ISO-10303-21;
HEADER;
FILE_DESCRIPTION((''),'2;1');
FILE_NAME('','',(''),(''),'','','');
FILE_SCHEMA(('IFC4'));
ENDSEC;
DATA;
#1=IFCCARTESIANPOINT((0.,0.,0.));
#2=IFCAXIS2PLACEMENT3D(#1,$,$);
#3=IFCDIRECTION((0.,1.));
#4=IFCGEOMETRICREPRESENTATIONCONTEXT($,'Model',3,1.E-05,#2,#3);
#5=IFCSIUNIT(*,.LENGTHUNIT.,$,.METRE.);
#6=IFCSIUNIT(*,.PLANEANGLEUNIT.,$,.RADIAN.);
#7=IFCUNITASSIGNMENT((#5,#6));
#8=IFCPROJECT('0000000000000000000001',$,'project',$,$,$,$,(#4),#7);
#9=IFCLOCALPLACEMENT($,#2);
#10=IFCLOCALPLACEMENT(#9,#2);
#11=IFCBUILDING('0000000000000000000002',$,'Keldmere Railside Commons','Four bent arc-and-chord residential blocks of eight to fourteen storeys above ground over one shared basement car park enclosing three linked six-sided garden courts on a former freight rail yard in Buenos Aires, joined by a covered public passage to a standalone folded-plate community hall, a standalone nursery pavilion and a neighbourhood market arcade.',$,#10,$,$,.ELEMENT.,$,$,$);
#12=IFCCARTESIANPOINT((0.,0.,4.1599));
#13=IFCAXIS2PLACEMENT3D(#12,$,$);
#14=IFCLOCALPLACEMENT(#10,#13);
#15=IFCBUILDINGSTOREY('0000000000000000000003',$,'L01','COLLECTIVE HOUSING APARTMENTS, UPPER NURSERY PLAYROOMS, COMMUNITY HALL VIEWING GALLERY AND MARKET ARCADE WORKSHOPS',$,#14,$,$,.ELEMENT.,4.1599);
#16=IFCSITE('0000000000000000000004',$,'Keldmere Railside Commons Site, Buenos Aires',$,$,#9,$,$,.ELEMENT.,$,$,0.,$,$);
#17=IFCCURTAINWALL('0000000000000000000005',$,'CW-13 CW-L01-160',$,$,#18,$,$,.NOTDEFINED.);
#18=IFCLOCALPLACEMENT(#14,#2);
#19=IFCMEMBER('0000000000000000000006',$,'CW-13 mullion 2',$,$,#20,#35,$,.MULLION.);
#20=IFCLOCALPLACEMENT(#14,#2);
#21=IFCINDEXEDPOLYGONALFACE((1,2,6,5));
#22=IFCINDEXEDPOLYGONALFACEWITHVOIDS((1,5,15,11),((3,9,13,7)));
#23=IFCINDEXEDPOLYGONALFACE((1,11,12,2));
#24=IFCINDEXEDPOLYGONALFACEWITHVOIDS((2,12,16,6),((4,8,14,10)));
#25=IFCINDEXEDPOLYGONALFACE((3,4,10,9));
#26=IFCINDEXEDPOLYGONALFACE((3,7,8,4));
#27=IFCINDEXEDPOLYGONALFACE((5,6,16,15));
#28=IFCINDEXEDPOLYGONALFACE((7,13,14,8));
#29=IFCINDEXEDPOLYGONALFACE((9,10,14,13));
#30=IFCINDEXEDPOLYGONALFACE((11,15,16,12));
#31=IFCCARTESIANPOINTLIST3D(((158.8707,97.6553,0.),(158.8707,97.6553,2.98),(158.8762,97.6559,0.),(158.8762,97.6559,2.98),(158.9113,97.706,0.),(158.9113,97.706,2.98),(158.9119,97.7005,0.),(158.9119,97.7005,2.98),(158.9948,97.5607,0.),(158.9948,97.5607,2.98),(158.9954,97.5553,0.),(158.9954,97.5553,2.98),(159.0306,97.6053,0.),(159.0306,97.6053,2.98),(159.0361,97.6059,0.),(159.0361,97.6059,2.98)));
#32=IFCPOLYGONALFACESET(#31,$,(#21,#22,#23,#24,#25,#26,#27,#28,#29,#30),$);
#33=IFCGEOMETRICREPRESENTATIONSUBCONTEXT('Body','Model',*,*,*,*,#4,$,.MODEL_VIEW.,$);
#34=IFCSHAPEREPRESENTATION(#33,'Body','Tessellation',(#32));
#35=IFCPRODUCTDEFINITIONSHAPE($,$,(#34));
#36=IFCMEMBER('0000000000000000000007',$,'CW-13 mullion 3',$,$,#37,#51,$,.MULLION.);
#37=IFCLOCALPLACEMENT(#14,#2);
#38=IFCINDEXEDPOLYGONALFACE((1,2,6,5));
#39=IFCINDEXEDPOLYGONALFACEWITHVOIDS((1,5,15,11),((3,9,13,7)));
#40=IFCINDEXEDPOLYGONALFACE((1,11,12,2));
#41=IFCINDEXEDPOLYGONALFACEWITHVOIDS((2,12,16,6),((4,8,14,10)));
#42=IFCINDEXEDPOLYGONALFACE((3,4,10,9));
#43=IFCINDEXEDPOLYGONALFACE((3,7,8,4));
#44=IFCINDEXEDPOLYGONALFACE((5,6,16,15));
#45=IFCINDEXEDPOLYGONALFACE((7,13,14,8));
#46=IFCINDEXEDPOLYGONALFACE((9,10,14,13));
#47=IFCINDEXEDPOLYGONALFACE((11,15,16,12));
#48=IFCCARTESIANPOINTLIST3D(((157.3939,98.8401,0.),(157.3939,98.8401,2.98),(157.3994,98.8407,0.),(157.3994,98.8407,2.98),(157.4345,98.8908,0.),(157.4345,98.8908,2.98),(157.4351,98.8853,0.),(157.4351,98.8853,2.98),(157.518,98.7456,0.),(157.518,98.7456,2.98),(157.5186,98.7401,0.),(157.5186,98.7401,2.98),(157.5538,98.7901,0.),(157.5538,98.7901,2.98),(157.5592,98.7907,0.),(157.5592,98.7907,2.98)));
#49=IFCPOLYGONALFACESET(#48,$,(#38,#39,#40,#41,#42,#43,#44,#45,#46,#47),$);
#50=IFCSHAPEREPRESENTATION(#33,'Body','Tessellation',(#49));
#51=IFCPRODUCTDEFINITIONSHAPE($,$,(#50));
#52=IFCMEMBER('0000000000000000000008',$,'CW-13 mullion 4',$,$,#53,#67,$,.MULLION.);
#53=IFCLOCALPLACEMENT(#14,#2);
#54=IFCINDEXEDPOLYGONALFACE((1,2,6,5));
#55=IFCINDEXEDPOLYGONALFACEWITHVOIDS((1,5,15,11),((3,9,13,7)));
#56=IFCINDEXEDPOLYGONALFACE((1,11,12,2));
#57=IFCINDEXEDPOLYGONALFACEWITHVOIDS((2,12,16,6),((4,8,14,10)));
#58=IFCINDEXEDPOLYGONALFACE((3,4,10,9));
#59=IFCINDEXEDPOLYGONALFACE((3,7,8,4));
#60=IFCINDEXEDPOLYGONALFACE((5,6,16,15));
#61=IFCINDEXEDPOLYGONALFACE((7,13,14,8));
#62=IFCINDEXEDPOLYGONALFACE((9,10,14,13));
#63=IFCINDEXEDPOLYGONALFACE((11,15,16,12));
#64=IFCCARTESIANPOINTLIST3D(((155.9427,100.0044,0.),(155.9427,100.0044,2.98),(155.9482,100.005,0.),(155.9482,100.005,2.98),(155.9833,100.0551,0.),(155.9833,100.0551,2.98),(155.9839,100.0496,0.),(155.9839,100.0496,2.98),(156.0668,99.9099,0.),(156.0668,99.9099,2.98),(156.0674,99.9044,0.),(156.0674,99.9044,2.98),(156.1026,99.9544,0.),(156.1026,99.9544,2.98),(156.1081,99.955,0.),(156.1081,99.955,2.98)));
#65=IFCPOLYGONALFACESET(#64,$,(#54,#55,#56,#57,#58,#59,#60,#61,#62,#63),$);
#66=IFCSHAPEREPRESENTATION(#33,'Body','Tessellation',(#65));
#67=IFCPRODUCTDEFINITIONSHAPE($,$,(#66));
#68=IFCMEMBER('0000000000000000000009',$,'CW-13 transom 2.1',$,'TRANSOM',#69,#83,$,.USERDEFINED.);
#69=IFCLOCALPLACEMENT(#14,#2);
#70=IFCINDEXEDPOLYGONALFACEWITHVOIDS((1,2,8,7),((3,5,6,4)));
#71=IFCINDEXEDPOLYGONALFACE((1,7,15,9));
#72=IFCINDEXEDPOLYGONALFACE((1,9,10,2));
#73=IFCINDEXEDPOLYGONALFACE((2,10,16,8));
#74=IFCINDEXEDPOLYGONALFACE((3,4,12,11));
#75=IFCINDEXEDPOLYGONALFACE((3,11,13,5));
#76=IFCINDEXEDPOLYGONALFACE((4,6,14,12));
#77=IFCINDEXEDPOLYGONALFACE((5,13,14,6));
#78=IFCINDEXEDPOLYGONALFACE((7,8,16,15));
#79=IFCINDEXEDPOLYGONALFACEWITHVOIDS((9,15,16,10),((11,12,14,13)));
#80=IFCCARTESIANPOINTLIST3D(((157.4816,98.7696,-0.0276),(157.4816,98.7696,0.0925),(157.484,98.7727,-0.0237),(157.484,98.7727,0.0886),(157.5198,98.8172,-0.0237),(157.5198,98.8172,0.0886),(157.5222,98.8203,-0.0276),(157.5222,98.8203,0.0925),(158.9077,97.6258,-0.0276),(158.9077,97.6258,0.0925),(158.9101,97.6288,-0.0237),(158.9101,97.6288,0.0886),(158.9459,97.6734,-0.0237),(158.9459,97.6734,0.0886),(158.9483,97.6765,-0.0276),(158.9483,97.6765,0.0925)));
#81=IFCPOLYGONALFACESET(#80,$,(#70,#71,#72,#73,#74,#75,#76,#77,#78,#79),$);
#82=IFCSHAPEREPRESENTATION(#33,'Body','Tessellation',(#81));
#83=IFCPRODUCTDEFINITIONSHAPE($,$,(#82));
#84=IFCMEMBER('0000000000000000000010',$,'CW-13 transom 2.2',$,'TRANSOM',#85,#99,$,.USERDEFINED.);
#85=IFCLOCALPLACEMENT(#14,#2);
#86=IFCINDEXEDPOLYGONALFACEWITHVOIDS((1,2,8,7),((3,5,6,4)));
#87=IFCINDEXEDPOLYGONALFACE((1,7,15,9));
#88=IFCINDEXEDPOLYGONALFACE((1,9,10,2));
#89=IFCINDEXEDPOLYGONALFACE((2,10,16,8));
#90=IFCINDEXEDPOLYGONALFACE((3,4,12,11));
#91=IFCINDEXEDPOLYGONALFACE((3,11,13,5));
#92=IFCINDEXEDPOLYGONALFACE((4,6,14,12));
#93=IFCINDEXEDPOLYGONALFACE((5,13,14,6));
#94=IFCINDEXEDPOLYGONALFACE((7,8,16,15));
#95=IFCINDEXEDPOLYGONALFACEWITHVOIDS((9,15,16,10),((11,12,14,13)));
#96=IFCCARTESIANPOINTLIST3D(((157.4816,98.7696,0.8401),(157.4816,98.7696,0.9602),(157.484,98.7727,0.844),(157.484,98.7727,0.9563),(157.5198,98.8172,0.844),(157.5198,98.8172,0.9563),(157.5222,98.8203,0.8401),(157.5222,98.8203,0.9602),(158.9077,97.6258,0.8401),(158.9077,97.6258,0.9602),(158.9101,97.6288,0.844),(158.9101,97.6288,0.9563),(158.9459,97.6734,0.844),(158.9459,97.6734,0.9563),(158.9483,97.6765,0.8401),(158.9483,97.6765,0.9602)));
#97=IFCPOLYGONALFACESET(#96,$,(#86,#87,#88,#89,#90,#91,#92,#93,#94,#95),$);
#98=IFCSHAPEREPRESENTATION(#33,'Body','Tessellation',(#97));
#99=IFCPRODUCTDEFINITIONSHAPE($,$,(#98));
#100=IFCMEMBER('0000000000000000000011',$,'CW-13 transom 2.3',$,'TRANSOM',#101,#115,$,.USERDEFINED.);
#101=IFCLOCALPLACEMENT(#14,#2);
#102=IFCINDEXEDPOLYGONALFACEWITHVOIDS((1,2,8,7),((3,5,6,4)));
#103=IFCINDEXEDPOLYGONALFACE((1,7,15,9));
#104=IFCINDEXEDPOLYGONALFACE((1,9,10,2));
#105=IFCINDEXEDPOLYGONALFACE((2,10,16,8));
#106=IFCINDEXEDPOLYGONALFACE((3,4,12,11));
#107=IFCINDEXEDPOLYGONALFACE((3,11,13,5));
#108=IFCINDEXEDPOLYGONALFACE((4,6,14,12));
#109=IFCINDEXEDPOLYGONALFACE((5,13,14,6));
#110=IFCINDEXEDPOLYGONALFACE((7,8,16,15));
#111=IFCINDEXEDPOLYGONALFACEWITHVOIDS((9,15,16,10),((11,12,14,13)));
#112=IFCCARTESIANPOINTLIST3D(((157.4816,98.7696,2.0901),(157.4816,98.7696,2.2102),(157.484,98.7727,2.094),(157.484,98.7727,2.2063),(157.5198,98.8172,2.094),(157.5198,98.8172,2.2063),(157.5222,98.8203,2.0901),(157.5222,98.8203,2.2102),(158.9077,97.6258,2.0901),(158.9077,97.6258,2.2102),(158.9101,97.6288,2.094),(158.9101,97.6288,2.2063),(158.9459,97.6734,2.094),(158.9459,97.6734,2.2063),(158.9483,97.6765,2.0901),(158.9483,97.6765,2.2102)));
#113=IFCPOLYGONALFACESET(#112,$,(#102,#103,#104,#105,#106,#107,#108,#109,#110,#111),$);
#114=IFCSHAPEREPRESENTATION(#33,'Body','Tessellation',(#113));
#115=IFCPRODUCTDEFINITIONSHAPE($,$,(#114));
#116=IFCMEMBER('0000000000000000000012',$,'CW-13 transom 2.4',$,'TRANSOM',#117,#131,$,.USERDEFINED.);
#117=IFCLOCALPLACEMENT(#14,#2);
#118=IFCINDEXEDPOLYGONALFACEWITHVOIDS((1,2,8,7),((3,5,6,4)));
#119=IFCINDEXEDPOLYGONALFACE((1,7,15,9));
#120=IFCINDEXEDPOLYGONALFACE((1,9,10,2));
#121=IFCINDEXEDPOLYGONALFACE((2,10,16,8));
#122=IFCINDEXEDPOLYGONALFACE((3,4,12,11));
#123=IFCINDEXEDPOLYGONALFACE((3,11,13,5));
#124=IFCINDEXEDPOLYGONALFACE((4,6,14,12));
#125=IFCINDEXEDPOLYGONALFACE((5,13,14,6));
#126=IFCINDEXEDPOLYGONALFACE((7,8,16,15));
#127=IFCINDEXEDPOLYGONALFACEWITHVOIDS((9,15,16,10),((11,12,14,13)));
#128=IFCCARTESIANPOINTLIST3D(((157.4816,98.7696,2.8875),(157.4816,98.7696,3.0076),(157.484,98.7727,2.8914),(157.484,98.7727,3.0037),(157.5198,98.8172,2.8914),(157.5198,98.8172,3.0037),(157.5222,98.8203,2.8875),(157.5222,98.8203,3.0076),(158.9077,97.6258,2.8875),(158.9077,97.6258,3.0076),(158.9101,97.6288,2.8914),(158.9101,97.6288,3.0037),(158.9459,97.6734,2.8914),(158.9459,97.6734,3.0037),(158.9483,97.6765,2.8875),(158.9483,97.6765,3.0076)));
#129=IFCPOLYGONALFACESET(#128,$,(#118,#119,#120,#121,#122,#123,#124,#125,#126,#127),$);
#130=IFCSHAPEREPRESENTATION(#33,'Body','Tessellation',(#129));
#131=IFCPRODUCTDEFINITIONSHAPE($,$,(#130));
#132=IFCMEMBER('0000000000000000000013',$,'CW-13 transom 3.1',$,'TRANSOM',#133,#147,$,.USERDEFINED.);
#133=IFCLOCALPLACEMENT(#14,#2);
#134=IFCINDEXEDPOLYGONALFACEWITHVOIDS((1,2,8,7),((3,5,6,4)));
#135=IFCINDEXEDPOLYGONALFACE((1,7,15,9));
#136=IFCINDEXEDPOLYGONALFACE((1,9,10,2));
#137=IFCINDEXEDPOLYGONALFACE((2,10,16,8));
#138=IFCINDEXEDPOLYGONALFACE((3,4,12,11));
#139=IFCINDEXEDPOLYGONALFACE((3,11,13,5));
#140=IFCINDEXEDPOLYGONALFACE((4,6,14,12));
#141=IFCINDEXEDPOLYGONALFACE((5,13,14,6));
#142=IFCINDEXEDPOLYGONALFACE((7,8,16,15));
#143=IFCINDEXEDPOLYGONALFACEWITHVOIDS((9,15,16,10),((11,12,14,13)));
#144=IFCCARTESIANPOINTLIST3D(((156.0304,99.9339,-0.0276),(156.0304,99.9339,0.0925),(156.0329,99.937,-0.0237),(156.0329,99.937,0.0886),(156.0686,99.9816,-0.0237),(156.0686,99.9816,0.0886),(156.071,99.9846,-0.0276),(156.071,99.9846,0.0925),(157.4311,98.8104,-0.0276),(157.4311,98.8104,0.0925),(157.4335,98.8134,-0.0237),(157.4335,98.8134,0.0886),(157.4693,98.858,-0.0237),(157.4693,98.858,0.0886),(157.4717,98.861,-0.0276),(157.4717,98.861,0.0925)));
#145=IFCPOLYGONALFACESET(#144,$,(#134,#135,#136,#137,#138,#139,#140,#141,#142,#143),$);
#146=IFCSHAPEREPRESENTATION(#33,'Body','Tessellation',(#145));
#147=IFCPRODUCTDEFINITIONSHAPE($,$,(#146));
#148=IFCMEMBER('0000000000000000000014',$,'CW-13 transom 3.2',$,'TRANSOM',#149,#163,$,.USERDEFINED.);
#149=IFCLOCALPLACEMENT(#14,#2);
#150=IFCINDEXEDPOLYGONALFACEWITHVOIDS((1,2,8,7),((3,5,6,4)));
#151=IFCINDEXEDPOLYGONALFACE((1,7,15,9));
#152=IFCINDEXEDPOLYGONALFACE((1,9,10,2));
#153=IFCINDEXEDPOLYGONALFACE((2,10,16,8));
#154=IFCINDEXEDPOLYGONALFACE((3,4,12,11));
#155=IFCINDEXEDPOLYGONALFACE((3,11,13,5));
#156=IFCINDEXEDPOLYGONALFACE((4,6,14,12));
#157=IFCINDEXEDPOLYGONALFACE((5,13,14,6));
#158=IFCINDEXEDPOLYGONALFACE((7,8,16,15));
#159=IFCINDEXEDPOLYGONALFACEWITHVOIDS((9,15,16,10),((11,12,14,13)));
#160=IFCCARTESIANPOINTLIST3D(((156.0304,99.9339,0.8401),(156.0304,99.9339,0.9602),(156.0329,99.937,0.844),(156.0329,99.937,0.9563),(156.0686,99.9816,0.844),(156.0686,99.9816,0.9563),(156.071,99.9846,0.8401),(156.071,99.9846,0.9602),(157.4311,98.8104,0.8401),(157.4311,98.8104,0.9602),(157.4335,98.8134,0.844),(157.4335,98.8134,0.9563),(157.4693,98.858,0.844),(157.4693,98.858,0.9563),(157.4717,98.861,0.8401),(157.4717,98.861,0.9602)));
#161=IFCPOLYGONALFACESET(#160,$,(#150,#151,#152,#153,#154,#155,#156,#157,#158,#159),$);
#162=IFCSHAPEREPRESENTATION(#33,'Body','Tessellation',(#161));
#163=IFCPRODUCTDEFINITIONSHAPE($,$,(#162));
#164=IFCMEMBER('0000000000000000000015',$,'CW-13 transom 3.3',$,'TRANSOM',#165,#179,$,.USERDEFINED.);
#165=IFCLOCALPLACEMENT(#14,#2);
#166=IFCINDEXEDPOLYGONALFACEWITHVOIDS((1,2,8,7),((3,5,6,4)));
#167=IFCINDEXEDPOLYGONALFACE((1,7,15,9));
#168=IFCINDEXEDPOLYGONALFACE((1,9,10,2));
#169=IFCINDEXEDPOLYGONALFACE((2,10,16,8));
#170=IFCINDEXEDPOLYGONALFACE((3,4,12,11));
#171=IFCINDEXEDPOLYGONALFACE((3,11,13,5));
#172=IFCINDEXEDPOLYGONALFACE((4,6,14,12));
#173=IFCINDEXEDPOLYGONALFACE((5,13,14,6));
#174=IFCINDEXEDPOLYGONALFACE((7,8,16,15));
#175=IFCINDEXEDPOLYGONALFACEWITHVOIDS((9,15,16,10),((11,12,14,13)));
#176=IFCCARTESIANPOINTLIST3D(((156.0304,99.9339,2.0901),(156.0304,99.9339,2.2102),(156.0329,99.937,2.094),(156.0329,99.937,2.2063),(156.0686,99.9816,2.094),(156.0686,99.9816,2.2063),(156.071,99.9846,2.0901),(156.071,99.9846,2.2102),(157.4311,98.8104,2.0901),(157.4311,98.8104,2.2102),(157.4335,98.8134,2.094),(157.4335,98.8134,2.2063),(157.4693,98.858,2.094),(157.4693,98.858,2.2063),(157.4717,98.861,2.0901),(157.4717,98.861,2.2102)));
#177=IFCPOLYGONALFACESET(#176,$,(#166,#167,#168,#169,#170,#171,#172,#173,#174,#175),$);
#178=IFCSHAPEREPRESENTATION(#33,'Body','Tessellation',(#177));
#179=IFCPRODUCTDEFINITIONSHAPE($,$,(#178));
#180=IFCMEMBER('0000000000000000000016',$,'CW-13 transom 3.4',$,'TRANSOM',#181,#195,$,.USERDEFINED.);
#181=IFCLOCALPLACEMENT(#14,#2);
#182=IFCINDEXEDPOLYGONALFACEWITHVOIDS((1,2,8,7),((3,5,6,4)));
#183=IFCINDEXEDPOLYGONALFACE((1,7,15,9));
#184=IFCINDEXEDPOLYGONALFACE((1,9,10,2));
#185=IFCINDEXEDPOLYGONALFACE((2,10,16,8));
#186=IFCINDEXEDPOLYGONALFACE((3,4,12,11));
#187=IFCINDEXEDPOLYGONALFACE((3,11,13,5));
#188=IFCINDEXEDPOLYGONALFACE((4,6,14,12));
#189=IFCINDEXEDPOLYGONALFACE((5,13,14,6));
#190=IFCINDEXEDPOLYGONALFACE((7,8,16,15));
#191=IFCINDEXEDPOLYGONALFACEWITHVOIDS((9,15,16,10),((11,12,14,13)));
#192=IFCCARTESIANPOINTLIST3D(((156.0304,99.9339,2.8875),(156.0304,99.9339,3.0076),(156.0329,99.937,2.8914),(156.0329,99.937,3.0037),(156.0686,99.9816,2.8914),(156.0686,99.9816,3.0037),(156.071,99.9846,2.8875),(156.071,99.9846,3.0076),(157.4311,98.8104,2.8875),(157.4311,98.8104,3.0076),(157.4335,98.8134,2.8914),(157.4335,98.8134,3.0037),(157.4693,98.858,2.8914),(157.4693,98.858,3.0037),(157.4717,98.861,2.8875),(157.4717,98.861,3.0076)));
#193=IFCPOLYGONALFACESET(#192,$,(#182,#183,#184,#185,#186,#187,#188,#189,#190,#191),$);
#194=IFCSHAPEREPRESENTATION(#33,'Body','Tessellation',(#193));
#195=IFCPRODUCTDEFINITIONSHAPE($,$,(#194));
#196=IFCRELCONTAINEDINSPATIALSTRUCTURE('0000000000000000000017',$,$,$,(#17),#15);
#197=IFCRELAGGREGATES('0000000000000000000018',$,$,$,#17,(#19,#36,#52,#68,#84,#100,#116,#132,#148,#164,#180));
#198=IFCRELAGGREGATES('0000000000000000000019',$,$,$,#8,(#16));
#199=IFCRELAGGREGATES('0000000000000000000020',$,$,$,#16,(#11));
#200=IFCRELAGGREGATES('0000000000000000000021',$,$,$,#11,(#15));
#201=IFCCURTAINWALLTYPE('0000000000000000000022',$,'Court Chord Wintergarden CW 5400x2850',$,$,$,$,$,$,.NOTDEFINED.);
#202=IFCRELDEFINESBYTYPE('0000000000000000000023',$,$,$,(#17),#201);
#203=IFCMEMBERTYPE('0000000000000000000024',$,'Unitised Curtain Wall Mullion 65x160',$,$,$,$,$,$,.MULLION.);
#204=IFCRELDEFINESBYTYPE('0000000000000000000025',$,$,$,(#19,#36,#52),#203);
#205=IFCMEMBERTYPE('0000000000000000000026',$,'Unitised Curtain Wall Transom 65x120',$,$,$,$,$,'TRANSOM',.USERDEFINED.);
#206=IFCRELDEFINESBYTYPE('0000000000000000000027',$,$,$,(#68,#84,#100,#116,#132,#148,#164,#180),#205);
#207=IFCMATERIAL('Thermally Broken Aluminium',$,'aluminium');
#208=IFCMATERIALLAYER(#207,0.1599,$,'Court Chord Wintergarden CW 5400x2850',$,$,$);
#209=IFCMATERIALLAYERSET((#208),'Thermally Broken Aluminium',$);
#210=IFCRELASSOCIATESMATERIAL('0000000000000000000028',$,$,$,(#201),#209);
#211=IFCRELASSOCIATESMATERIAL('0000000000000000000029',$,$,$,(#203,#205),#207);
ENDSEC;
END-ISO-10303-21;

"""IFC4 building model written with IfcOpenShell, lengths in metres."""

from ifc_helpers import new_model, si_unit, direction, frame, origin, origin_2d, place, context, subcontext, project, spatial, hollow_rectangle, extrude, material, layer, layer_set, material_profile, profile_set, type_object, element, aggregate, save


model = new_model("IFC4")

# Units and contexts
model_context = context("Model", 3, precision=1e-05, world=origin(), true_north=direction((0.0, 1.0)))
body_context = subcontext(model_context, "Body", "Model", "MODEL_VIEW")
ifc_project = project(units=[si_unit("LENGTHUNIT", "METRE"), si_unit("PLANEANGLEUNIT", "RADIAN")], contexts=[model_context])

# Site, building, storey
site_placement = place(None, origin())
site = spatial("IfcSite", under=ifc_project, at=site_placement, Name="Keldmere Railside Commons Site, Buenos Aires", CompositionType="ELEMENT", RefElevation=0.0)
building_placement = place(site_placement, origin())
building = spatial("IfcBuilding", under=site, at=building_placement, Name="Keldmere Railside Commons", Description="Four bent arc-and-chord residential blocks of eight to fourteen storeys above ground over one shared basement car park enclosing three linked six-sided garden courts on a former freight rail yard in Buenos Aires, joined by a covered public passage to a standalone folded-plate community hall, a standalone nursery pavilion and a neighbourhood market arcade.", CompositionType="ELEMENT")
storey_placement = place(building_placement, frame((0.0, 0.0, 4.1599)))
storey = spatial("IfcBuildingStorey", under=building, at=storey_placement, Name="L01", Description="COLLECTIVE HOUSING APARTMENTS, UPPER NURSERY PLAYROOMS, COMMUNITY HALL VIEWING GALLERY AND MARKET ARCADE WORKSHOPS", CompositionType="ELEMENT", Elevation=4.1599)

# Curtain wall, members
ifc_material_1 = material(Name="Thermally Broken Aluminium", Category="aluminium")
ifc_layer_1 = layer(ifc_material_1, 0.1599, Name="Court Chord Wintergarden CW 5400x2850")
ifc_layer_set_1 = layer_set([ifc_layer_1], Name="Thermally Broken Aluminium")
curtain_wall_type = type_object("IfcCurtainWallType", Name="Court Chord Wintergarden CW 5400x2850", PredefinedType="NOTDEFINED", material=ifc_layer_set_1)
curtain_wall_placement = place(storey_placement, origin())
curtain_wall = element("IfcCurtainWall", 1, at=curtain_wall_placement, inside=storey, type_object=curtain_wall_type, Name="CW-13 CW-L01-160", PredefinedType="NOTDEFINED")
ifc_material_profile_1 = material_profile(ifc_material_1, hollow_rectangle(XDim=0.0649, YDim=0.1599, WallThickness=0.0039, at=origin_2d()), Name="ALU-MULL-65x160")
ifc_profile_set_1 = profile_set([ifc_material_profile_1], Name="Thermally Broken Aluminium")
member_type_1 = type_object("IfcMemberType", Name="Unitised Curtain Wall Mullion 65x160", PredefinedType="MULLION", material=ifc_profile_set_1)
member_1_placement = place(storey_placement, frame((158.9534, 97.6306, 0.0), z_axis=(0.0, 0.0, 1.0), x_axis=(-0.625768, -0.780009, 0.0)))
member_1 = element("IfcMember", 2, at=member_1_placement, type_object=member_type_1, Name="CW-13 mullion 2", PredefinedType="MULLION", context=body_context, shape_type="SweptSolid", body=[
    extrude(hollow_rectangle(XDim=0.0649, YDim=0.1599, WallThickness=0.0039, at=origin_2d()), origin(), (0.0, 0.0, 1.0), 2.98),
])
member_2_placement = place(storey_placement, frame((157.4766, 98.8154, 0.0), z_axis=(0.0, 0.0, 1.0), x_axis=(-0.625768, -0.780009, 0.0)))
member_2 = element("IfcMember", 3, at=member_2_placement, type_object=member_type_1, Name="CW-13 mullion 3", PredefinedType="MULLION", context=body_context, shape_type="SweptSolid", body=[
    extrude(hollow_rectangle(XDim=0.0649, YDim=0.1599, WallThickness=0.0039, at=origin_2d()), origin(), (0.0, 0.0, 1.0), 2.98),
])
member_3_placement = place(storey_placement, frame((156.0254, 99.9797, 0.0), z_axis=(0.0, 0.0, 1.0), x_axis=(-0.625768, -0.780009, 0.0)))
member_3 = element("IfcMember", 4, at=member_3_placement, type_object=member_type_1, Name="CW-13 mullion 4", PredefinedType="MULLION", context=body_context, shape_type="SweptSolid", body=[
    extrude(hollow_rectangle(XDim=0.0649, YDim=0.1599, WallThickness=0.0039, at=origin_2d()), origin(), (0.0, 0.0, 1.0), 2.98),
])
ifc_material_profile_2 = material_profile(ifc_material_1, hollow_rectangle(XDim=0.0649, YDim=0.1201, WallThickness=0.0039, at=origin_2d()), Name="ALU-TRAN-65x120")
ifc_profile_set_2 = profile_set([ifc_material_profile_2], Name="Thermally Broken Aluminium")
member_type_2 = type_object("IfcMemberType", Name="Unitised Curtain Wall Transom 65x120", ElementType="TRANSOM", PredefinedType="USERDEFINED", material=ifc_profile_set_2)
member_4_placement = place(storey_placement, frame((158.928, 97.6511, 0.0325), z_axis=(-0.780073, 0.625688, 0.0), x_axis=(-0.625688, -0.780073, 0.0)))
member_4 = element("IfcMember", 5, at=member_4_placement, type_object=member_type_2, Name="CW-13 transom 2.1", ObjectType="TRANSOM", PredefinedType="USERDEFINED", context=body_context, shape_type="SweptSolid", body=[
    extrude(hollow_rectangle(XDim=0.0649, YDim=0.1201, WallThickness=0.0039, at=origin_2d()), origin(), (0.0, 0.0, 1.0), 1.8281),
])
member_5_placement = place(storey_placement, frame((158.928, 97.6511, 0.9001), z_axis=(-0.780073, 0.625688, 0.0), x_axis=(-0.625688, -0.780073, 0.0)))
member_5 = element("IfcMember", 6, at=member_5_placement, type_object=member_type_2, Name="CW-13 transom 2.2", ObjectType="TRANSOM", PredefinedType="USERDEFINED", context=body_context, shape_type="SweptSolid", body=[
    extrude(hollow_rectangle(XDim=0.0649, YDim=0.1201, WallThickness=0.0039, at=origin_2d()), origin(), (0.0, 0.0, 1.0), 1.8281),
])
member_6_placement = place(storey_placement, frame((158.928, 97.6511, 2.1501), z_axis=(-0.780073, 0.625688, 0.0), x_axis=(-0.625688, -0.780073, 0.0)))
member_6 = element("IfcMember", 7, at=member_6_placement, type_object=member_type_2, Name="CW-13 transom 2.3", ObjectType="TRANSOM", PredefinedType="USERDEFINED", context=body_context, shape_type="SweptSolid", body=[
    extrude(hollow_rectangle(XDim=0.0649, YDim=0.1201, WallThickness=0.0039, at=origin_2d()), origin(), (0.0, 0.0, 1.0), 1.8281),
])
member_7_placement = place(storey_placement, frame((158.928, 97.6511, 2.9475), z_axis=(-0.780073, 0.625688, 0.0), x_axis=(-0.625688, -0.780073, 0.0)))
member_7 = element("IfcMember", 8, at=member_7_placement, type_object=member_type_2, Name="CW-13 transom 2.4", ObjectType="TRANSOM", PredefinedType="USERDEFINED", context=body_context, shape_type="SweptSolid", body=[
    extrude(hollow_rectangle(XDim=0.0649, YDim=0.1201, WallThickness=0.0039, at=origin_2d()), origin(), (0.0, 0.0, 1.0), 1.8281),
])
member_8_placement = place(storey_placement, frame((157.4514, 98.8357, 0.0325), z_axis=(-0.780046, 0.625723, 0.0), x_axis=(-0.625723, -0.780046, 0.0)))
member_8 = element("IfcMember", 9, at=member_8_placement, type_object=member_type_2, Name="CW-13 transom 3.1", ObjectType="TRANSOM", PredefinedType="USERDEFINED", context=body_context, shape_type="SweptSolid", body=[
    extrude(hollow_rectangle(XDim=0.0649, YDim=0.1201, WallThickness=0.0039, at=origin_2d()), origin(), (0.0, 0.0, 1.0), 1.7957),
])
member_9_placement = place(storey_placement, frame((157.4514, 98.8357, 0.9001), z_axis=(-0.780046, 0.625723, 0.0), x_axis=(-0.625723, -0.780046, 0.0)))
member_9 = element("IfcMember", 10, at=member_9_placement, type_object=member_type_2, Name="CW-13 transom 3.2", ObjectType="TRANSOM", PredefinedType="USERDEFINED", context=body_context, shape_type="SweptSolid", body=[
    extrude(hollow_rectangle(XDim=0.0649, YDim=0.1201, WallThickness=0.0039, at=origin_2d()), origin(), (0.0, 0.0, 1.0), 1.7957),
])
member_10_placement = place(storey_placement, frame((157.4514, 98.8357, 2.1501), z_axis=(-0.780046, 0.625723, 0.0), x_axis=(-0.625723, -0.780046, 0.0)))
member_10 = element("IfcMember", 11, at=member_10_placement, type_object=member_type_2, Name="CW-13 transom 3.3", ObjectType="TRANSOM", PredefinedType="USERDEFINED", context=body_context, shape_type="SweptSolid", body=[
    extrude(hollow_rectangle(XDim=0.0649, YDim=0.1201, WallThickness=0.0039, at=origin_2d()), origin(), (0.0, 0.0, 1.0), 1.7957),
])
member_11_placement = place(storey_placement, frame((157.4514, 98.8357, 2.9475), z_axis=(-0.780046, 0.625723, 0.0), x_axis=(-0.625723, -0.780046, 0.0)))
member_11 = element("IfcMember", 12, at=member_11_placement, type_object=member_type_2, Name="CW-13 transom 3.4", ObjectType="TRANSOM", PredefinedType="USERDEFINED", context=body_context, shape_type="SweptSolid", body=[
    extrude(hollow_rectangle(XDim=0.0649, YDim=0.1201, WallThickness=0.0039, at=origin_2d()), origin(), (0.0, 0.0, 1.0), 1.7957),
])
aggregate(curtain_wall, [member_1, member_2, member_3, member_4, member_5, member_6, member_7, member_8, member_9, member_10, member_11])

save(model, "model.ifc")
